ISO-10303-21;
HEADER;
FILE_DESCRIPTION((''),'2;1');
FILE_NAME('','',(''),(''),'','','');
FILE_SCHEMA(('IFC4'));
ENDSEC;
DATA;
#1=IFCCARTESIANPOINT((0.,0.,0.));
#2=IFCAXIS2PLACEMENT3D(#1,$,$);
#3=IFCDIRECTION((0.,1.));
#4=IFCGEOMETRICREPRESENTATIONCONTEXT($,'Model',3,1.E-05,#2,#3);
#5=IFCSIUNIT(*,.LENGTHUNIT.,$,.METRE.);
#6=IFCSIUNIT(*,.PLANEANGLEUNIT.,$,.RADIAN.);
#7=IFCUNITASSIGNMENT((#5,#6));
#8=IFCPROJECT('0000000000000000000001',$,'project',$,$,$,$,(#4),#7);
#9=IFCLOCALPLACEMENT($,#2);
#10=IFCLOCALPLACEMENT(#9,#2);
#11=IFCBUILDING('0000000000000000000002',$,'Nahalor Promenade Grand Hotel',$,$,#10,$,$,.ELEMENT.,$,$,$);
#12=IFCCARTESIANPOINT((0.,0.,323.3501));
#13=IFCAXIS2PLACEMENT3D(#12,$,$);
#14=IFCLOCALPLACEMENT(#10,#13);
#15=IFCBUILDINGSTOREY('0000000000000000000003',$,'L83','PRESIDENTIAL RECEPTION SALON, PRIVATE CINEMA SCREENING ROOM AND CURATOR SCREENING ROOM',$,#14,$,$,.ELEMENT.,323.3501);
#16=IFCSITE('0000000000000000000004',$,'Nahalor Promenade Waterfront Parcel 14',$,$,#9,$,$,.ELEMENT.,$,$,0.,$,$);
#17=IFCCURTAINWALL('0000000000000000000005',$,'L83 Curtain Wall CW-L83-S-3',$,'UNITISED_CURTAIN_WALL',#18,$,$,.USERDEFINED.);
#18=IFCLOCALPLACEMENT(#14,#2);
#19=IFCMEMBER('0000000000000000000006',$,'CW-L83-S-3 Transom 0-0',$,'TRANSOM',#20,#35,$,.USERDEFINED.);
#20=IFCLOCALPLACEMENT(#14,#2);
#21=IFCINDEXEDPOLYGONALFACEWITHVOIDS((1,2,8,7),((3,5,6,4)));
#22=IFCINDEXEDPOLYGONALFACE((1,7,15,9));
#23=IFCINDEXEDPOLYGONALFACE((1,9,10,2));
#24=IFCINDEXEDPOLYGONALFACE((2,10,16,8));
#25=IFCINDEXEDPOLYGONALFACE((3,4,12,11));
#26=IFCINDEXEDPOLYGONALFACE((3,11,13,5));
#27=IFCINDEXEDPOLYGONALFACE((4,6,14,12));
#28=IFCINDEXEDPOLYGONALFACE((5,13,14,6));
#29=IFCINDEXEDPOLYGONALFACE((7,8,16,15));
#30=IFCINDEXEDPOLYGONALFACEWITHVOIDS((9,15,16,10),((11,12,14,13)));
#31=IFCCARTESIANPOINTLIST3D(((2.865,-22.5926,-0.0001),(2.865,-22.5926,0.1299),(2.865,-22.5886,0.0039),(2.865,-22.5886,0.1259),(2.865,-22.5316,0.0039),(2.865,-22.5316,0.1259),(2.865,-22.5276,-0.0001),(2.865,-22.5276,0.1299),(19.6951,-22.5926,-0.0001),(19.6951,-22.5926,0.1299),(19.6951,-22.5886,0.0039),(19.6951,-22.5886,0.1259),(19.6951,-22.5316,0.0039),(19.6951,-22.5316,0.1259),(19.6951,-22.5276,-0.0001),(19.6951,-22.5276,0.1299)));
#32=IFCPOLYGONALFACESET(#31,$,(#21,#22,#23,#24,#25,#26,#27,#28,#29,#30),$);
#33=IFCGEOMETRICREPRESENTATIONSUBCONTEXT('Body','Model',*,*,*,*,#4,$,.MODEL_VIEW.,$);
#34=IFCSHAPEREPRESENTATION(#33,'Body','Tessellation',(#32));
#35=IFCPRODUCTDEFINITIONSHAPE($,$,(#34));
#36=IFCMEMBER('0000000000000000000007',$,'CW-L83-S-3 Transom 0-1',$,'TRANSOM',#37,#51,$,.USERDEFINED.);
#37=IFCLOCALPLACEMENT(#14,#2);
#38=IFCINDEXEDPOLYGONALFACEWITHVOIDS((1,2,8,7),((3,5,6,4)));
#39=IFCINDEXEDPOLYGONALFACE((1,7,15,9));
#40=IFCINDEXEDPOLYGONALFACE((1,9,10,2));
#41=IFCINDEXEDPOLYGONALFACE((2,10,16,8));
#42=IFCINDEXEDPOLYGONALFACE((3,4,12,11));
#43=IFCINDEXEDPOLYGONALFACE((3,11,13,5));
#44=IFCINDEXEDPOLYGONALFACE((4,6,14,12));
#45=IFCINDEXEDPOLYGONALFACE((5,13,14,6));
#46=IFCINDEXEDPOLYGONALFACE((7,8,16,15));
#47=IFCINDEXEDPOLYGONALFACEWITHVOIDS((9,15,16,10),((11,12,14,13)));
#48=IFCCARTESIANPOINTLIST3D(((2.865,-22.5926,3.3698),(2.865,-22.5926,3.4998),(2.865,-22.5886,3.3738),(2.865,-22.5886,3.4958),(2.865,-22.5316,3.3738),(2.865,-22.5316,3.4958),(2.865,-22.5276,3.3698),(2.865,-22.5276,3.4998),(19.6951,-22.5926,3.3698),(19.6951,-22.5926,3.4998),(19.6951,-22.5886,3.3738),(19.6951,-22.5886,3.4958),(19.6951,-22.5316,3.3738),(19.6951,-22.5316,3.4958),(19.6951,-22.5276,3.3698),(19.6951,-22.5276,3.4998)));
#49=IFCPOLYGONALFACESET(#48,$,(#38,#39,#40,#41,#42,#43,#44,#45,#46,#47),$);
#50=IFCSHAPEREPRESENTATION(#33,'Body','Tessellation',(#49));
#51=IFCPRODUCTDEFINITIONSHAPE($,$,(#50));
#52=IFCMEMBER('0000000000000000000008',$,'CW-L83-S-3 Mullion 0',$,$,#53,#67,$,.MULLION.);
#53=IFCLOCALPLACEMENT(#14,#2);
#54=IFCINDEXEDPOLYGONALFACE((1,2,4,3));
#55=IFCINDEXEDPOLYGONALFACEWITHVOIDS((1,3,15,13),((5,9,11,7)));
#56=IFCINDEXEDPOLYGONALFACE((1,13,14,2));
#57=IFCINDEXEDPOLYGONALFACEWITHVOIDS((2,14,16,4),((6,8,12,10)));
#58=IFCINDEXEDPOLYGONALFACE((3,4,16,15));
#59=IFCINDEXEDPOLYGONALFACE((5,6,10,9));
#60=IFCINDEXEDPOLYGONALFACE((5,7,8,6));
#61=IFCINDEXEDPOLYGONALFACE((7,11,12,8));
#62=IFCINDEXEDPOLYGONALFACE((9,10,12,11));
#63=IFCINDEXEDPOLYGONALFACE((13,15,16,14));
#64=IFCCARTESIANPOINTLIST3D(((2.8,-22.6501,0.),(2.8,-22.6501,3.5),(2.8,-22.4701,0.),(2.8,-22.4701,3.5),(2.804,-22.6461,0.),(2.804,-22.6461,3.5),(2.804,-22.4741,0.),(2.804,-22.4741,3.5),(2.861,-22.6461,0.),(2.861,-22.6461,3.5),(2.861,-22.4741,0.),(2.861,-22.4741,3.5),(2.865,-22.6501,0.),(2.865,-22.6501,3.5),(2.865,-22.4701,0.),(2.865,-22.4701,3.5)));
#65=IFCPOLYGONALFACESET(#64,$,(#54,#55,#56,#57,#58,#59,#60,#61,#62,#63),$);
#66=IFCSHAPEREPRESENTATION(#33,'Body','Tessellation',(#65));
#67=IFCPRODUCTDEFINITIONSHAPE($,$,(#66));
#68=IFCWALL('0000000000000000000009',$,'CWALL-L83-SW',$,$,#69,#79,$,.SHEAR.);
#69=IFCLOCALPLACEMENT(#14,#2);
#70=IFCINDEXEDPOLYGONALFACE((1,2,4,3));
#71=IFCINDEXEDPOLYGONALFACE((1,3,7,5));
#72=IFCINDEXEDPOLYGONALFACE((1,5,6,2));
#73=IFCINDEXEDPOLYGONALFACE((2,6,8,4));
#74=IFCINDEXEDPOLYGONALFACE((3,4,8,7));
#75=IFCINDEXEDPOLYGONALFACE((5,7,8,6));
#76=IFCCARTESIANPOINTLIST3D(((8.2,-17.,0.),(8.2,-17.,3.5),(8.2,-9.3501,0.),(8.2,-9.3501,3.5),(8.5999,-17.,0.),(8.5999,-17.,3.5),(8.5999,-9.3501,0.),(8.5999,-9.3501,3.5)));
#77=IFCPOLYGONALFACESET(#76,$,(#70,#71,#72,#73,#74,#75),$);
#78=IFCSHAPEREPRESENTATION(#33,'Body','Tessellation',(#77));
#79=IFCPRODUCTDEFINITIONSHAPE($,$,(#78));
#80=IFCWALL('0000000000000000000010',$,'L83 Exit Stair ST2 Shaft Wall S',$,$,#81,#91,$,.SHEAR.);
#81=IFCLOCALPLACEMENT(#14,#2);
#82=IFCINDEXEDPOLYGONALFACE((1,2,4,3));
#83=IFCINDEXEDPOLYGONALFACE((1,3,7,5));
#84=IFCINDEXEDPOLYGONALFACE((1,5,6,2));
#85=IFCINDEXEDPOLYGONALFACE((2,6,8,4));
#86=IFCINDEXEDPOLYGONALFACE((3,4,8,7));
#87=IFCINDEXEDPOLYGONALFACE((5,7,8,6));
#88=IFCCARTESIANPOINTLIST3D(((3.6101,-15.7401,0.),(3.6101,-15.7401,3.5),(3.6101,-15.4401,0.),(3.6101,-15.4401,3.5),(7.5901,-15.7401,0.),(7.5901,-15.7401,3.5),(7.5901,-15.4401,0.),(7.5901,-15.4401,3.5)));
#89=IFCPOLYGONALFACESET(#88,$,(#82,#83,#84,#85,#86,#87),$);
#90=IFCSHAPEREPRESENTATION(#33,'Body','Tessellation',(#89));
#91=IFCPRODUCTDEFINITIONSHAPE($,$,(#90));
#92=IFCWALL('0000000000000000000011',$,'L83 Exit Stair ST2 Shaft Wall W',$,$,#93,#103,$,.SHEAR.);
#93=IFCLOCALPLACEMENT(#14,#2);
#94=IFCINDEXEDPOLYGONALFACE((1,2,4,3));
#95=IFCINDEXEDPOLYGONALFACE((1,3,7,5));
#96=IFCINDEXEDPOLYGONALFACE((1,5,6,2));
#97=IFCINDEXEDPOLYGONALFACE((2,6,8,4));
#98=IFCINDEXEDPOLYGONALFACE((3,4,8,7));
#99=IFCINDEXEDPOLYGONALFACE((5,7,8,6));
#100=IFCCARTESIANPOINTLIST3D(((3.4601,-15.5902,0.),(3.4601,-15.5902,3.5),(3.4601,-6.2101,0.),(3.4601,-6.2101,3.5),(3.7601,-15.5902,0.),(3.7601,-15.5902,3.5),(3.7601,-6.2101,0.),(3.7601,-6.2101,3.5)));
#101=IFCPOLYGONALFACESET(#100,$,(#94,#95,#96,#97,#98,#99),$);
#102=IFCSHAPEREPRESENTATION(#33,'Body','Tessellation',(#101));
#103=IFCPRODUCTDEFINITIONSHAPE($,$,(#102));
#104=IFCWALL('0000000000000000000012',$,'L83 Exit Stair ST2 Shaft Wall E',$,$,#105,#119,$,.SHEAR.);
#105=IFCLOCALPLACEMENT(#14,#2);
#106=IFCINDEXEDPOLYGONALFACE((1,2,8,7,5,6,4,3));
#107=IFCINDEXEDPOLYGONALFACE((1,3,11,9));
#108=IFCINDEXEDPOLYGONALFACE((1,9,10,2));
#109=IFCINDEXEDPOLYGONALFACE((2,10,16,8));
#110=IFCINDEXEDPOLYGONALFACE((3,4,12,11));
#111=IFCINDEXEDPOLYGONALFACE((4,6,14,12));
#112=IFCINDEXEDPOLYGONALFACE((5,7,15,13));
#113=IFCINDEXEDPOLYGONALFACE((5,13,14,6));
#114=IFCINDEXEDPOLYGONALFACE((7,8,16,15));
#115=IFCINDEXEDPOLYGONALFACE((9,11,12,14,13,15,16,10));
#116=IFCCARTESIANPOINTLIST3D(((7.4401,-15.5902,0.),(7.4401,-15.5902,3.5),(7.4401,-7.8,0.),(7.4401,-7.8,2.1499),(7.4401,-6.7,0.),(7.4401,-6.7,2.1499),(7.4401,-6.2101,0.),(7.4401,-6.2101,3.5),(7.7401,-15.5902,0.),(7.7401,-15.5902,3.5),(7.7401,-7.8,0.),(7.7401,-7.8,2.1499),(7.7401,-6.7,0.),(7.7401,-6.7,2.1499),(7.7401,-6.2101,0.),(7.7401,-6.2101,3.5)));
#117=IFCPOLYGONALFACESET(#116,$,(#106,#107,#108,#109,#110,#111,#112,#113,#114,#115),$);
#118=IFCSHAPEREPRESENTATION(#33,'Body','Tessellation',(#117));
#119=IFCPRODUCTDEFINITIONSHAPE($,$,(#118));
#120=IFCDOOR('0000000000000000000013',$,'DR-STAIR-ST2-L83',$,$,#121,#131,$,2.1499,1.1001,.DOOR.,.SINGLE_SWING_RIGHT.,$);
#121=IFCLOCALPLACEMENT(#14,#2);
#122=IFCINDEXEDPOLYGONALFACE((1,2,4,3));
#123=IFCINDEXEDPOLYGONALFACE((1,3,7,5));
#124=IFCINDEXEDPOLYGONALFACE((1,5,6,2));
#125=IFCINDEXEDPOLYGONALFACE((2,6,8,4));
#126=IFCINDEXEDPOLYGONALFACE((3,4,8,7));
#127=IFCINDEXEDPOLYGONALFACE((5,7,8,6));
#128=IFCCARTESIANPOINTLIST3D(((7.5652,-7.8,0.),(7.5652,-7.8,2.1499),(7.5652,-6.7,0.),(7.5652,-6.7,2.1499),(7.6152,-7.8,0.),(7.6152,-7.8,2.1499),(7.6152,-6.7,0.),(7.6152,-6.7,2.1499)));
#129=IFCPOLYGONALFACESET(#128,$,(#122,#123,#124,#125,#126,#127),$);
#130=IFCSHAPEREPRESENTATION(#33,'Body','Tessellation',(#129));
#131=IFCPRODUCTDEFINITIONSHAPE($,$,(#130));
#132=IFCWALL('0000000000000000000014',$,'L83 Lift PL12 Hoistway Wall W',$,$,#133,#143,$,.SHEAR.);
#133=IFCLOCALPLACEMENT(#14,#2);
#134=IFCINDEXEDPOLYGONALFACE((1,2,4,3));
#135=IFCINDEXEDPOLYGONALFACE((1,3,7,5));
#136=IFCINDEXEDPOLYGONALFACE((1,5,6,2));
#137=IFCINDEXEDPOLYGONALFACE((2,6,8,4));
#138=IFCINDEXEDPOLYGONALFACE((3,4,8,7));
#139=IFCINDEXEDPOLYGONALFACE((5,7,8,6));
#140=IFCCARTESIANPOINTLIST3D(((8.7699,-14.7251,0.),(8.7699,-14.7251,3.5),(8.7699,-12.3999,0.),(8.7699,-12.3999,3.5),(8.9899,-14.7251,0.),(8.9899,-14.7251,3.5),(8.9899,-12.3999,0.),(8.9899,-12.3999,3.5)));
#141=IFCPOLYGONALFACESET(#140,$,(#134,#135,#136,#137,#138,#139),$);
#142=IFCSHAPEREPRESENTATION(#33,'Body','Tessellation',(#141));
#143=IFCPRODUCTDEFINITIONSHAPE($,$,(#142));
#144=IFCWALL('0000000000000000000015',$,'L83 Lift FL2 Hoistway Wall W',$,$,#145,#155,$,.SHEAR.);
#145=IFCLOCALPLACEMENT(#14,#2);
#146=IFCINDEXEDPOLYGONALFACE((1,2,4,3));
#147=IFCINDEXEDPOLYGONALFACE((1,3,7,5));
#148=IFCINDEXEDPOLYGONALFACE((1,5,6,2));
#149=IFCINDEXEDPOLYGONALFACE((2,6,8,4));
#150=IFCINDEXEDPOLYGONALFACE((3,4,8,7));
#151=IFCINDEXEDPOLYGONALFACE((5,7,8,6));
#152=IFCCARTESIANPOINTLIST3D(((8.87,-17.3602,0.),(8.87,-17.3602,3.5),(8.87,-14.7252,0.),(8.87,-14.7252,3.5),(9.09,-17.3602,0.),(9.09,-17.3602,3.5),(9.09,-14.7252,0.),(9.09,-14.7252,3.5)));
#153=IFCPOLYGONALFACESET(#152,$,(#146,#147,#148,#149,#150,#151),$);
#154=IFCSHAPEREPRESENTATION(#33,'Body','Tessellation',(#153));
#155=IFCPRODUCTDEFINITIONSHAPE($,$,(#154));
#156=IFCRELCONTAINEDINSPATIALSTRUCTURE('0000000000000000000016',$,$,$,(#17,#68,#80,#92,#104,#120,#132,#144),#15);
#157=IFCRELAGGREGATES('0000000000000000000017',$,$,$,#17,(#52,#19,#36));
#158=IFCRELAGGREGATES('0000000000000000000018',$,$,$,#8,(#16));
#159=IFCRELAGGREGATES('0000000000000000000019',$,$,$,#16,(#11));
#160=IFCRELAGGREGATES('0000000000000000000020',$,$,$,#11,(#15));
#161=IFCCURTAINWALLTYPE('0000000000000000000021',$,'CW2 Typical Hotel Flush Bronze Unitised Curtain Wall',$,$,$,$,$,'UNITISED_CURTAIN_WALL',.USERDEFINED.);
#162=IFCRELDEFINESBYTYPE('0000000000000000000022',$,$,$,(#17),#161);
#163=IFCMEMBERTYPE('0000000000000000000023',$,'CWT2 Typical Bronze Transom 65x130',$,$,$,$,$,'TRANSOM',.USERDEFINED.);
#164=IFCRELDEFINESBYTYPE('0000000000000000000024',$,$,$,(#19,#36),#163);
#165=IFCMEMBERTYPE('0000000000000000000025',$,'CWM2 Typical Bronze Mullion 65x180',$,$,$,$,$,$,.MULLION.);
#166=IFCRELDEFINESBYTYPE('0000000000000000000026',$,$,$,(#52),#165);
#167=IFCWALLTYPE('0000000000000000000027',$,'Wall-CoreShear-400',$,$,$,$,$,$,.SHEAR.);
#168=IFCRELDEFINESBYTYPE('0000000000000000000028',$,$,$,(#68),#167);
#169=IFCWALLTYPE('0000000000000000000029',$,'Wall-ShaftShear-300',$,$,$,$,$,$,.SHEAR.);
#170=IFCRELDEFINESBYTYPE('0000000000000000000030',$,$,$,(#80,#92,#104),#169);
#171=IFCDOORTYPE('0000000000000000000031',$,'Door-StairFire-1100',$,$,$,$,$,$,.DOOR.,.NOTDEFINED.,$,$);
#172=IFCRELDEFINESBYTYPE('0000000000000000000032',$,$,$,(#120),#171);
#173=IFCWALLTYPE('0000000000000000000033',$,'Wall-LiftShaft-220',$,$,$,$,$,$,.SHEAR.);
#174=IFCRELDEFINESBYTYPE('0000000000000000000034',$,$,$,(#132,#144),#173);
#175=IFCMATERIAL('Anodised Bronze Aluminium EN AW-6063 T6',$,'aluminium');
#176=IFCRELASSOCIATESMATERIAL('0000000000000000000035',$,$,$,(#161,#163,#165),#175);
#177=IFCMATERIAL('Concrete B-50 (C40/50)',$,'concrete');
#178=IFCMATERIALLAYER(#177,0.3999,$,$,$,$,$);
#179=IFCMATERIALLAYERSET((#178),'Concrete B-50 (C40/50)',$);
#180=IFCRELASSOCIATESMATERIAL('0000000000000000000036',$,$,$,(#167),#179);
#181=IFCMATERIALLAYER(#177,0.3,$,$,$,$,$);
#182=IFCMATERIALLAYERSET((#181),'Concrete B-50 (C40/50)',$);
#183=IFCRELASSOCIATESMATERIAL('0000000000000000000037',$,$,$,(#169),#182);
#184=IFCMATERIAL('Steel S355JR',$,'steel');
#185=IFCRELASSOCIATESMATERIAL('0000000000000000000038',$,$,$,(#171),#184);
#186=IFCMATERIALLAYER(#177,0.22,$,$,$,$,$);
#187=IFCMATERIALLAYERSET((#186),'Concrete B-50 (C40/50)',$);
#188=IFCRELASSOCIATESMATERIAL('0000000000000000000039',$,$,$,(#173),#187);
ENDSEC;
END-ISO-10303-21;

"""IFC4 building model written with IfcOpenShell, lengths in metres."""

from ifc_helpers import new_model, si_unit, direction, frame, frame_2d, origin, origin_2d, place, context, subcontext, project, spatial, rectangle, hollow_rectangle, extrude, source, transform, mapped, material, layer, layer_set, material_profile, profile_set, type_object, element, fill, aggregate, save


model = new_model("IFC4")

# Units and contexts
model_context = context("Model", 3, precision=1e-05, world=origin(), true_north=direction((0.0, 1.0)))
body_context = subcontext(model_context, "Body", "Model", "MODEL_VIEW")
ifc_project = project(units=[si_unit("LENGTHUNIT", "METRE"), si_unit("PLANEANGLEUNIT", "RADIAN")], contexts=[model_context])

# Site, building, storey
site_placement = place(None, origin())
site = spatial("IfcSite", under=ifc_project, at=site_placement, Name="Nahalor Promenade Waterfront Parcel 14", CompositionType="ELEMENT", RefElevation=0.0)
building_placement = place(site_placement, origin())
building = spatial("IfcBuilding", under=site, at=building_placement, Name="Nahalor Promenade Grand Hotel", CompositionType="ELEMENT")
storey_placement = place(building_placement, frame((0.0, 0.0, 323.3501)))
storey = spatial("IfcBuildingStorey", under=building, at=storey_placement, Name="L83", Description="PRESIDENTIAL RECEPTION SALON, PRIVATE CINEMA SCREENING ROOM AND CURATOR SCREENING ROOM", CompositionType="ELEMENT", Elevation=323.3501)

# Shared definitions
ifc_material_1 = material(Name="Concrete B-50 (C40/50)", Category="concrete")
ifc_material_2 = material(Name="Steel S355JR", Category="steel")

# Curtain wall, members
ifc_material_3 = material(Name="Anodised Bronze Aluminium EN AW-6063 T6", Category="aluminium")
curtain_wall_type = type_object("IfcCurtainWallType", Name="CW2 Typical Hotel Flush Bronze Unitised Curtain Wall", ElementType="UNITISED_CURTAIN_WALL", PredefinedType="USERDEFINED", material=ifc_material_3)
curtain_wall_placement = place(storey_placement, origin())
curtain_wall = element("IfcCurtainWall", 1, at=curtain_wall_placement, inside=storey, type_object=curtain_wall_type, Name="L83 Curtain Wall CW-L83-S-3", ObjectType="UNITISED_CURTAIN_WALL", PredefinedType="USERDEFINED")
ifc_material_profile_1 = material_profile(ifc_material_3, hollow_rectangle(XDim=0.065, YDim=0.13, WallThickness=0.004, at=origin_2d()), Name="CWT 65x130x4")
ifc_profile_set_1 = profile_set([ifc_material_profile_1], Name="Anodised Bronze Aluminium EN AW-6063 T6")
member_type_1 = type_object("IfcMemberType", Name="CWT2 Typical Bronze Transom 65x130", ElementType="TRANSOM", PredefinedType="USERDEFINED", material=ifc_profile_set_1)
shared_shape_1 = source(origin(), body_context, "Body", "SweptSolid", [
    extrude(hollow_rectangle(XDim=0.065, YDim=0.13, WallThickness=0.004, at=origin_2d()), origin(), (0.0, 0.0, 1.0), 16.8301),
])
member_1_placement = place(storey_placement, frame((2.865, -22.5601, 0.0649), z_axis=(1.0, 0.0, 0.0), x_axis=(0.0, 1.0, 0.0)))
member_1 = element("IfcMember", 2, at=member_1_placement, type_object=member_type_1, Name="CW-L83-S-3 Transom 0-0", ObjectType="TRANSOM", PredefinedType="USERDEFINED", context=body_context, shape_type="MappedRepresentation", body=[
    mapped(shared_shape_1, transform((0.0, 0.0, 0.0), scale=1.0)),
])
member_2_placement = place(storey_placement, frame((2.865, -22.5601, 3.4348), z_axis=(1.0, 0.0, 0.0), x_axis=(0.0, 1.0, 0.0)))
member_2 = element("IfcMember", 3, at=member_2_placement, type_object=member_type_1, Name="CW-L83-S-3 Transom 0-1", ObjectType="TRANSOM", PredefinedType="USERDEFINED", context=body_context, shape_type="MappedRepresentation", body=[
    mapped(shared_shape_1, transform((0.0, 0.0, 0.0), scale=1.0)),
])
ifc_material_profile_2 = material_profile(ifc_material_3, hollow_rectangle(XDim=0.065, YDim=0.18, WallThickness=0.004, at=origin_2d()), Name="CWM 65x180x4")
ifc_profile_set_2 = profile_set([ifc_material_profile_2], Name="Anodised Bronze Aluminium EN AW-6063 T6")
member_type_2 = type_object("IfcMemberType", Name="CWM2 Typical Bronze Mullion 65x180", PredefinedType="MULLION", material=ifc_profile_set_2)
shared_shape_2 = source(origin(), body_context, "Body", "SweptSolid", [
    extrude(hollow_rectangle(XDim=0.065, YDim=0.18, WallThickness=0.004, at=origin_2d()), origin(), (0.0, 0.0, 1.0), 3.5),
])
member_3_placement = place(storey_placement, frame((2.8325, -22.5601, 0.0), z_axis=(0.0, 0.0, 1.0), x_axis=(1.0, 0.0, 0.0)))
member_3 = element("IfcMember", 4, at=member_3_placement, type_object=member_type_2, Name="CW-L83-S-3 Mullion 0", PredefinedType="MULLION", context=body_context, shape_type="MappedRepresentation", body=[
    mapped(shared_shape_2, transform((0.0, 0.0, 0.0), scale=1.0)),
])
aggregate(curtain_wall, [member_3, member_1, member_2])

# Walls
ifc_layer_1 = layer(ifc_material_1, 0.3999)
ifc_layer_set_1 = layer_set([ifc_layer_1], Name="Concrete B-50 (C40/50)")
wall_type_1 = type_object("IfcWallType", Name="Wall-CoreShear-400", PredefinedType="SHEAR", material=ifc_layer_set_1)
shared_shape_3 = source(origin(), body_context, "Body", "SweptSolid", [
    extrude(rectangle(XDim=7.6499, YDim=0.3999, at=frame_2d((3.825, 0.0))), origin(), (0.0, 0.0, 1.0), 3.5),
])
wall_1_placement = place(storey_placement, frame((8.3999, -17.0, 0.0), z_axis=(0.0, 0.0, 1.0), x_axis=(0.0, 1.0, 0.0)))
element("IfcWall", 5, at=wall_1_placement, inside=storey, type_object=wall_type_1, Name="CWALL-L83-SW", PredefinedType="SHEAR", context=body_context, shape_type="MappedRepresentation", body=[
    mapped(shared_shape_3, transform((0.0, 0.0, 0.0), scale=1.0)),
])
ifc_layer_2 = layer(ifc_material_1, 0.3)
ifc_layer_set_2 = layer_set([ifc_layer_2], Name="Concrete B-50 (C40/50)")
wall_type_2 = type_object("IfcWallType", Name="Wall-ShaftShear-300", PredefinedType="SHEAR", material=ifc_layer_set_2)
shared_shape_4 = source(origin(), body_context, "Body", "SweptSolid", [
    extrude(rectangle(XDim=3.98, YDim=0.3, at=frame_2d((1.99, 0.0))), origin(), (0.0, 0.0, 1.0), 3.5),
])
wall_2_placement = place(storey_placement, frame((3.6101, -15.5901, 0.0), z_axis=(0.0, 0.0, 1.0), x_axis=(1.0, 0.0, 0.0)))
element("IfcWall", 6, at=wall_2_placement, inside=storey, type_object=wall_type_2, Name="L83 Exit Stair ST2 Shaft Wall S", PredefinedType="SHEAR", context=body_context, shape_type="MappedRepresentation", body=[
    mapped(shared_shape_4, transform((0.0, 0.0, 0.0), scale=1.0)),
])
shared_shape_5 = source(origin(), body_context, "Body", "SweptSolid", [
    extrude(rectangle(XDim=9.3801, YDim=0.3, at=frame_2d((4.6899, 0.0))), origin(), (0.0, 0.0, 1.0), 3.5),
])
wall_3_placement = place(storey_placement, frame((3.6101, -15.5901, 0.0), z_axis=(0.0, 0.0, 1.0), x_axis=(0.0, 1.0, 0.0)))
element("IfcWall", 7, at=wall_3_placement, inside=storey, type_object=wall_type_2, Name="L83 Exit Stair ST2 Shaft Wall W", PredefinedType="SHEAR", context=body_context, shape_type="MappedRepresentation", body=[
    mapped(shared_shape_5, transform((0.0, 0.0, 0.0), scale=1.0)),
])

# Wall, opening, door
wall_4_placement = place(storey_placement, frame((7.5901, -15.5901, 0.0), z_axis=(0.0, 0.0, 1.0), x_axis=(0.0, 1.0, 0.0)))
wall_4 = element("IfcWall", 8, at=wall_4_placement, inside=storey, type_object=wall_type_2, Name="L83 Exit Stair ST2 Shaft Wall E", PredefinedType="SHEAR", context=body_context, shape_type="MappedRepresentation", body=[
    mapped(shared_shape_5, transform((0.0, 0.0, 0.0), scale=1.0)),
])
opening_1_placement = place(wall_4_placement, frame((7.79, 0.0, 0.0)))
opening_1 = element("IfcOpeningElement", 9, at=opening_1_placement, cuts=wall_4, PredefinedType="OPENING", context=body_context, shape_type="SweptSolid", body=[
    extrude(rectangle(XDim=1.1001, YDim=2.1499, at=frame_2d((0.55, 1.075))), frame((0.0, 0.1599, 0.0), z_axis=(0.0, -1.0, 0.0), x_axis=(1.0, 0.0, 0.0)), (0.0, 0.0, 1.0), 0.3201),
])
door_type_1 = type_object("IfcDoorType", Name="Door-StairFire-1100", OperationType="NOTDEFINED", PredefinedType="DOOR", material=ifc_material_2)
shared_shape_6 = source(origin(), body_context, "Body", "SweptSolid", [
    extrude(rectangle(XDim=1.1001, YDim=2.1499, at=frame_2d((0.55, 1.075))), frame((0.0, 0.0249, 0.0), z_axis=(0.0, -1.0, 0.0), x_axis=(1.0, 0.0, 0.0)), (0.0, 0.0, 1.0), 0.05),
])
door_1_placement = place(opening_1_placement, origin())
door_1 = element("IfcDoor", 10, at=door_1_placement, inside=storey, type_object=door_type_1, Name="DR-STAIR-ST2-L83", OperationType="SINGLE_SWING_RIGHT", OverallHeight=2.1499, OverallWidth=1.1001, PredefinedType="DOOR", context=body_context, shape_type="MappedRepresentation", body=[
    mapped(shared_shape_6, transform((0.0, 0.0, 0.0), scale=1.0)),
])
fill(opening_1, door_1)

# Walls
ifc_layer_3 = layer(ifc_material_1, 0.22)
ifc_layer_set_3 = layer_set([ifc_layer_3], Name="Concrete B-50 (C40/50)")
wall_type_3 = type_object("IfcWallType", Name="Wall-LiftShaft-220", PredefinedType="SHEAR", material=ifc_layer_set_3)
shared_shape_7 = source(origin(), body_context, "Body", "SweptSolid", [
    extrude(rectangle(XDim=2.3252, YDim=0.22, at=frame_2d((1.1626, 0.0))), origin(), (0.0, 0.0, 1.0), 3.5),
])
wall_5_placement = place(storey_placement, frame((8.8799, -14.7251, 0.0), z_axis=(0.0, 0.0, 1.0), x_axis=(0.0, 1.0, 0.0)))
element("IfcWall", 11, at=wall_5_placement, inside=storey, type_object=wall_type_3, Name="L83 Lift PL12 Hoistway Wall W", PredefinedType="SHEAR", context=body_context, shape_type="MappedRepresentation", body=[
    mapped(shared_shape_7, transform((0.0, 0.0, 0.0), scale=1.0)),
])
shared_shape_8 = source(origin(), body_context, "Body", "SweptSolid", [
    extrude(rectangle(XDim=2.635, YDim=0.22, at=frame_2d((1.3174, 0.0))), origin(), (0.0, 0.0, 1.0), 3.5),
])
wall_6_placement = place(storey_placement, frame((8.98, -17.3601, 0.0), z_axis=(0.0, 0.0, 1.0), x_axis=(0.0, 1.0, 0.0)))
element("IfcWall", 12, at=wall_6_placement, inside=storey, type_object=wall_type_3, Name="L83 Lift FL2 Hoistway Wall W", PredefinedType="SHEAR", context=body_context, shape_type="MappedRepresentation", body=[
    mapped(shared_shape_8, transform((0.0, 0.0, 0.0), scale=1.0)),
])

save(model, "model.ifc")
